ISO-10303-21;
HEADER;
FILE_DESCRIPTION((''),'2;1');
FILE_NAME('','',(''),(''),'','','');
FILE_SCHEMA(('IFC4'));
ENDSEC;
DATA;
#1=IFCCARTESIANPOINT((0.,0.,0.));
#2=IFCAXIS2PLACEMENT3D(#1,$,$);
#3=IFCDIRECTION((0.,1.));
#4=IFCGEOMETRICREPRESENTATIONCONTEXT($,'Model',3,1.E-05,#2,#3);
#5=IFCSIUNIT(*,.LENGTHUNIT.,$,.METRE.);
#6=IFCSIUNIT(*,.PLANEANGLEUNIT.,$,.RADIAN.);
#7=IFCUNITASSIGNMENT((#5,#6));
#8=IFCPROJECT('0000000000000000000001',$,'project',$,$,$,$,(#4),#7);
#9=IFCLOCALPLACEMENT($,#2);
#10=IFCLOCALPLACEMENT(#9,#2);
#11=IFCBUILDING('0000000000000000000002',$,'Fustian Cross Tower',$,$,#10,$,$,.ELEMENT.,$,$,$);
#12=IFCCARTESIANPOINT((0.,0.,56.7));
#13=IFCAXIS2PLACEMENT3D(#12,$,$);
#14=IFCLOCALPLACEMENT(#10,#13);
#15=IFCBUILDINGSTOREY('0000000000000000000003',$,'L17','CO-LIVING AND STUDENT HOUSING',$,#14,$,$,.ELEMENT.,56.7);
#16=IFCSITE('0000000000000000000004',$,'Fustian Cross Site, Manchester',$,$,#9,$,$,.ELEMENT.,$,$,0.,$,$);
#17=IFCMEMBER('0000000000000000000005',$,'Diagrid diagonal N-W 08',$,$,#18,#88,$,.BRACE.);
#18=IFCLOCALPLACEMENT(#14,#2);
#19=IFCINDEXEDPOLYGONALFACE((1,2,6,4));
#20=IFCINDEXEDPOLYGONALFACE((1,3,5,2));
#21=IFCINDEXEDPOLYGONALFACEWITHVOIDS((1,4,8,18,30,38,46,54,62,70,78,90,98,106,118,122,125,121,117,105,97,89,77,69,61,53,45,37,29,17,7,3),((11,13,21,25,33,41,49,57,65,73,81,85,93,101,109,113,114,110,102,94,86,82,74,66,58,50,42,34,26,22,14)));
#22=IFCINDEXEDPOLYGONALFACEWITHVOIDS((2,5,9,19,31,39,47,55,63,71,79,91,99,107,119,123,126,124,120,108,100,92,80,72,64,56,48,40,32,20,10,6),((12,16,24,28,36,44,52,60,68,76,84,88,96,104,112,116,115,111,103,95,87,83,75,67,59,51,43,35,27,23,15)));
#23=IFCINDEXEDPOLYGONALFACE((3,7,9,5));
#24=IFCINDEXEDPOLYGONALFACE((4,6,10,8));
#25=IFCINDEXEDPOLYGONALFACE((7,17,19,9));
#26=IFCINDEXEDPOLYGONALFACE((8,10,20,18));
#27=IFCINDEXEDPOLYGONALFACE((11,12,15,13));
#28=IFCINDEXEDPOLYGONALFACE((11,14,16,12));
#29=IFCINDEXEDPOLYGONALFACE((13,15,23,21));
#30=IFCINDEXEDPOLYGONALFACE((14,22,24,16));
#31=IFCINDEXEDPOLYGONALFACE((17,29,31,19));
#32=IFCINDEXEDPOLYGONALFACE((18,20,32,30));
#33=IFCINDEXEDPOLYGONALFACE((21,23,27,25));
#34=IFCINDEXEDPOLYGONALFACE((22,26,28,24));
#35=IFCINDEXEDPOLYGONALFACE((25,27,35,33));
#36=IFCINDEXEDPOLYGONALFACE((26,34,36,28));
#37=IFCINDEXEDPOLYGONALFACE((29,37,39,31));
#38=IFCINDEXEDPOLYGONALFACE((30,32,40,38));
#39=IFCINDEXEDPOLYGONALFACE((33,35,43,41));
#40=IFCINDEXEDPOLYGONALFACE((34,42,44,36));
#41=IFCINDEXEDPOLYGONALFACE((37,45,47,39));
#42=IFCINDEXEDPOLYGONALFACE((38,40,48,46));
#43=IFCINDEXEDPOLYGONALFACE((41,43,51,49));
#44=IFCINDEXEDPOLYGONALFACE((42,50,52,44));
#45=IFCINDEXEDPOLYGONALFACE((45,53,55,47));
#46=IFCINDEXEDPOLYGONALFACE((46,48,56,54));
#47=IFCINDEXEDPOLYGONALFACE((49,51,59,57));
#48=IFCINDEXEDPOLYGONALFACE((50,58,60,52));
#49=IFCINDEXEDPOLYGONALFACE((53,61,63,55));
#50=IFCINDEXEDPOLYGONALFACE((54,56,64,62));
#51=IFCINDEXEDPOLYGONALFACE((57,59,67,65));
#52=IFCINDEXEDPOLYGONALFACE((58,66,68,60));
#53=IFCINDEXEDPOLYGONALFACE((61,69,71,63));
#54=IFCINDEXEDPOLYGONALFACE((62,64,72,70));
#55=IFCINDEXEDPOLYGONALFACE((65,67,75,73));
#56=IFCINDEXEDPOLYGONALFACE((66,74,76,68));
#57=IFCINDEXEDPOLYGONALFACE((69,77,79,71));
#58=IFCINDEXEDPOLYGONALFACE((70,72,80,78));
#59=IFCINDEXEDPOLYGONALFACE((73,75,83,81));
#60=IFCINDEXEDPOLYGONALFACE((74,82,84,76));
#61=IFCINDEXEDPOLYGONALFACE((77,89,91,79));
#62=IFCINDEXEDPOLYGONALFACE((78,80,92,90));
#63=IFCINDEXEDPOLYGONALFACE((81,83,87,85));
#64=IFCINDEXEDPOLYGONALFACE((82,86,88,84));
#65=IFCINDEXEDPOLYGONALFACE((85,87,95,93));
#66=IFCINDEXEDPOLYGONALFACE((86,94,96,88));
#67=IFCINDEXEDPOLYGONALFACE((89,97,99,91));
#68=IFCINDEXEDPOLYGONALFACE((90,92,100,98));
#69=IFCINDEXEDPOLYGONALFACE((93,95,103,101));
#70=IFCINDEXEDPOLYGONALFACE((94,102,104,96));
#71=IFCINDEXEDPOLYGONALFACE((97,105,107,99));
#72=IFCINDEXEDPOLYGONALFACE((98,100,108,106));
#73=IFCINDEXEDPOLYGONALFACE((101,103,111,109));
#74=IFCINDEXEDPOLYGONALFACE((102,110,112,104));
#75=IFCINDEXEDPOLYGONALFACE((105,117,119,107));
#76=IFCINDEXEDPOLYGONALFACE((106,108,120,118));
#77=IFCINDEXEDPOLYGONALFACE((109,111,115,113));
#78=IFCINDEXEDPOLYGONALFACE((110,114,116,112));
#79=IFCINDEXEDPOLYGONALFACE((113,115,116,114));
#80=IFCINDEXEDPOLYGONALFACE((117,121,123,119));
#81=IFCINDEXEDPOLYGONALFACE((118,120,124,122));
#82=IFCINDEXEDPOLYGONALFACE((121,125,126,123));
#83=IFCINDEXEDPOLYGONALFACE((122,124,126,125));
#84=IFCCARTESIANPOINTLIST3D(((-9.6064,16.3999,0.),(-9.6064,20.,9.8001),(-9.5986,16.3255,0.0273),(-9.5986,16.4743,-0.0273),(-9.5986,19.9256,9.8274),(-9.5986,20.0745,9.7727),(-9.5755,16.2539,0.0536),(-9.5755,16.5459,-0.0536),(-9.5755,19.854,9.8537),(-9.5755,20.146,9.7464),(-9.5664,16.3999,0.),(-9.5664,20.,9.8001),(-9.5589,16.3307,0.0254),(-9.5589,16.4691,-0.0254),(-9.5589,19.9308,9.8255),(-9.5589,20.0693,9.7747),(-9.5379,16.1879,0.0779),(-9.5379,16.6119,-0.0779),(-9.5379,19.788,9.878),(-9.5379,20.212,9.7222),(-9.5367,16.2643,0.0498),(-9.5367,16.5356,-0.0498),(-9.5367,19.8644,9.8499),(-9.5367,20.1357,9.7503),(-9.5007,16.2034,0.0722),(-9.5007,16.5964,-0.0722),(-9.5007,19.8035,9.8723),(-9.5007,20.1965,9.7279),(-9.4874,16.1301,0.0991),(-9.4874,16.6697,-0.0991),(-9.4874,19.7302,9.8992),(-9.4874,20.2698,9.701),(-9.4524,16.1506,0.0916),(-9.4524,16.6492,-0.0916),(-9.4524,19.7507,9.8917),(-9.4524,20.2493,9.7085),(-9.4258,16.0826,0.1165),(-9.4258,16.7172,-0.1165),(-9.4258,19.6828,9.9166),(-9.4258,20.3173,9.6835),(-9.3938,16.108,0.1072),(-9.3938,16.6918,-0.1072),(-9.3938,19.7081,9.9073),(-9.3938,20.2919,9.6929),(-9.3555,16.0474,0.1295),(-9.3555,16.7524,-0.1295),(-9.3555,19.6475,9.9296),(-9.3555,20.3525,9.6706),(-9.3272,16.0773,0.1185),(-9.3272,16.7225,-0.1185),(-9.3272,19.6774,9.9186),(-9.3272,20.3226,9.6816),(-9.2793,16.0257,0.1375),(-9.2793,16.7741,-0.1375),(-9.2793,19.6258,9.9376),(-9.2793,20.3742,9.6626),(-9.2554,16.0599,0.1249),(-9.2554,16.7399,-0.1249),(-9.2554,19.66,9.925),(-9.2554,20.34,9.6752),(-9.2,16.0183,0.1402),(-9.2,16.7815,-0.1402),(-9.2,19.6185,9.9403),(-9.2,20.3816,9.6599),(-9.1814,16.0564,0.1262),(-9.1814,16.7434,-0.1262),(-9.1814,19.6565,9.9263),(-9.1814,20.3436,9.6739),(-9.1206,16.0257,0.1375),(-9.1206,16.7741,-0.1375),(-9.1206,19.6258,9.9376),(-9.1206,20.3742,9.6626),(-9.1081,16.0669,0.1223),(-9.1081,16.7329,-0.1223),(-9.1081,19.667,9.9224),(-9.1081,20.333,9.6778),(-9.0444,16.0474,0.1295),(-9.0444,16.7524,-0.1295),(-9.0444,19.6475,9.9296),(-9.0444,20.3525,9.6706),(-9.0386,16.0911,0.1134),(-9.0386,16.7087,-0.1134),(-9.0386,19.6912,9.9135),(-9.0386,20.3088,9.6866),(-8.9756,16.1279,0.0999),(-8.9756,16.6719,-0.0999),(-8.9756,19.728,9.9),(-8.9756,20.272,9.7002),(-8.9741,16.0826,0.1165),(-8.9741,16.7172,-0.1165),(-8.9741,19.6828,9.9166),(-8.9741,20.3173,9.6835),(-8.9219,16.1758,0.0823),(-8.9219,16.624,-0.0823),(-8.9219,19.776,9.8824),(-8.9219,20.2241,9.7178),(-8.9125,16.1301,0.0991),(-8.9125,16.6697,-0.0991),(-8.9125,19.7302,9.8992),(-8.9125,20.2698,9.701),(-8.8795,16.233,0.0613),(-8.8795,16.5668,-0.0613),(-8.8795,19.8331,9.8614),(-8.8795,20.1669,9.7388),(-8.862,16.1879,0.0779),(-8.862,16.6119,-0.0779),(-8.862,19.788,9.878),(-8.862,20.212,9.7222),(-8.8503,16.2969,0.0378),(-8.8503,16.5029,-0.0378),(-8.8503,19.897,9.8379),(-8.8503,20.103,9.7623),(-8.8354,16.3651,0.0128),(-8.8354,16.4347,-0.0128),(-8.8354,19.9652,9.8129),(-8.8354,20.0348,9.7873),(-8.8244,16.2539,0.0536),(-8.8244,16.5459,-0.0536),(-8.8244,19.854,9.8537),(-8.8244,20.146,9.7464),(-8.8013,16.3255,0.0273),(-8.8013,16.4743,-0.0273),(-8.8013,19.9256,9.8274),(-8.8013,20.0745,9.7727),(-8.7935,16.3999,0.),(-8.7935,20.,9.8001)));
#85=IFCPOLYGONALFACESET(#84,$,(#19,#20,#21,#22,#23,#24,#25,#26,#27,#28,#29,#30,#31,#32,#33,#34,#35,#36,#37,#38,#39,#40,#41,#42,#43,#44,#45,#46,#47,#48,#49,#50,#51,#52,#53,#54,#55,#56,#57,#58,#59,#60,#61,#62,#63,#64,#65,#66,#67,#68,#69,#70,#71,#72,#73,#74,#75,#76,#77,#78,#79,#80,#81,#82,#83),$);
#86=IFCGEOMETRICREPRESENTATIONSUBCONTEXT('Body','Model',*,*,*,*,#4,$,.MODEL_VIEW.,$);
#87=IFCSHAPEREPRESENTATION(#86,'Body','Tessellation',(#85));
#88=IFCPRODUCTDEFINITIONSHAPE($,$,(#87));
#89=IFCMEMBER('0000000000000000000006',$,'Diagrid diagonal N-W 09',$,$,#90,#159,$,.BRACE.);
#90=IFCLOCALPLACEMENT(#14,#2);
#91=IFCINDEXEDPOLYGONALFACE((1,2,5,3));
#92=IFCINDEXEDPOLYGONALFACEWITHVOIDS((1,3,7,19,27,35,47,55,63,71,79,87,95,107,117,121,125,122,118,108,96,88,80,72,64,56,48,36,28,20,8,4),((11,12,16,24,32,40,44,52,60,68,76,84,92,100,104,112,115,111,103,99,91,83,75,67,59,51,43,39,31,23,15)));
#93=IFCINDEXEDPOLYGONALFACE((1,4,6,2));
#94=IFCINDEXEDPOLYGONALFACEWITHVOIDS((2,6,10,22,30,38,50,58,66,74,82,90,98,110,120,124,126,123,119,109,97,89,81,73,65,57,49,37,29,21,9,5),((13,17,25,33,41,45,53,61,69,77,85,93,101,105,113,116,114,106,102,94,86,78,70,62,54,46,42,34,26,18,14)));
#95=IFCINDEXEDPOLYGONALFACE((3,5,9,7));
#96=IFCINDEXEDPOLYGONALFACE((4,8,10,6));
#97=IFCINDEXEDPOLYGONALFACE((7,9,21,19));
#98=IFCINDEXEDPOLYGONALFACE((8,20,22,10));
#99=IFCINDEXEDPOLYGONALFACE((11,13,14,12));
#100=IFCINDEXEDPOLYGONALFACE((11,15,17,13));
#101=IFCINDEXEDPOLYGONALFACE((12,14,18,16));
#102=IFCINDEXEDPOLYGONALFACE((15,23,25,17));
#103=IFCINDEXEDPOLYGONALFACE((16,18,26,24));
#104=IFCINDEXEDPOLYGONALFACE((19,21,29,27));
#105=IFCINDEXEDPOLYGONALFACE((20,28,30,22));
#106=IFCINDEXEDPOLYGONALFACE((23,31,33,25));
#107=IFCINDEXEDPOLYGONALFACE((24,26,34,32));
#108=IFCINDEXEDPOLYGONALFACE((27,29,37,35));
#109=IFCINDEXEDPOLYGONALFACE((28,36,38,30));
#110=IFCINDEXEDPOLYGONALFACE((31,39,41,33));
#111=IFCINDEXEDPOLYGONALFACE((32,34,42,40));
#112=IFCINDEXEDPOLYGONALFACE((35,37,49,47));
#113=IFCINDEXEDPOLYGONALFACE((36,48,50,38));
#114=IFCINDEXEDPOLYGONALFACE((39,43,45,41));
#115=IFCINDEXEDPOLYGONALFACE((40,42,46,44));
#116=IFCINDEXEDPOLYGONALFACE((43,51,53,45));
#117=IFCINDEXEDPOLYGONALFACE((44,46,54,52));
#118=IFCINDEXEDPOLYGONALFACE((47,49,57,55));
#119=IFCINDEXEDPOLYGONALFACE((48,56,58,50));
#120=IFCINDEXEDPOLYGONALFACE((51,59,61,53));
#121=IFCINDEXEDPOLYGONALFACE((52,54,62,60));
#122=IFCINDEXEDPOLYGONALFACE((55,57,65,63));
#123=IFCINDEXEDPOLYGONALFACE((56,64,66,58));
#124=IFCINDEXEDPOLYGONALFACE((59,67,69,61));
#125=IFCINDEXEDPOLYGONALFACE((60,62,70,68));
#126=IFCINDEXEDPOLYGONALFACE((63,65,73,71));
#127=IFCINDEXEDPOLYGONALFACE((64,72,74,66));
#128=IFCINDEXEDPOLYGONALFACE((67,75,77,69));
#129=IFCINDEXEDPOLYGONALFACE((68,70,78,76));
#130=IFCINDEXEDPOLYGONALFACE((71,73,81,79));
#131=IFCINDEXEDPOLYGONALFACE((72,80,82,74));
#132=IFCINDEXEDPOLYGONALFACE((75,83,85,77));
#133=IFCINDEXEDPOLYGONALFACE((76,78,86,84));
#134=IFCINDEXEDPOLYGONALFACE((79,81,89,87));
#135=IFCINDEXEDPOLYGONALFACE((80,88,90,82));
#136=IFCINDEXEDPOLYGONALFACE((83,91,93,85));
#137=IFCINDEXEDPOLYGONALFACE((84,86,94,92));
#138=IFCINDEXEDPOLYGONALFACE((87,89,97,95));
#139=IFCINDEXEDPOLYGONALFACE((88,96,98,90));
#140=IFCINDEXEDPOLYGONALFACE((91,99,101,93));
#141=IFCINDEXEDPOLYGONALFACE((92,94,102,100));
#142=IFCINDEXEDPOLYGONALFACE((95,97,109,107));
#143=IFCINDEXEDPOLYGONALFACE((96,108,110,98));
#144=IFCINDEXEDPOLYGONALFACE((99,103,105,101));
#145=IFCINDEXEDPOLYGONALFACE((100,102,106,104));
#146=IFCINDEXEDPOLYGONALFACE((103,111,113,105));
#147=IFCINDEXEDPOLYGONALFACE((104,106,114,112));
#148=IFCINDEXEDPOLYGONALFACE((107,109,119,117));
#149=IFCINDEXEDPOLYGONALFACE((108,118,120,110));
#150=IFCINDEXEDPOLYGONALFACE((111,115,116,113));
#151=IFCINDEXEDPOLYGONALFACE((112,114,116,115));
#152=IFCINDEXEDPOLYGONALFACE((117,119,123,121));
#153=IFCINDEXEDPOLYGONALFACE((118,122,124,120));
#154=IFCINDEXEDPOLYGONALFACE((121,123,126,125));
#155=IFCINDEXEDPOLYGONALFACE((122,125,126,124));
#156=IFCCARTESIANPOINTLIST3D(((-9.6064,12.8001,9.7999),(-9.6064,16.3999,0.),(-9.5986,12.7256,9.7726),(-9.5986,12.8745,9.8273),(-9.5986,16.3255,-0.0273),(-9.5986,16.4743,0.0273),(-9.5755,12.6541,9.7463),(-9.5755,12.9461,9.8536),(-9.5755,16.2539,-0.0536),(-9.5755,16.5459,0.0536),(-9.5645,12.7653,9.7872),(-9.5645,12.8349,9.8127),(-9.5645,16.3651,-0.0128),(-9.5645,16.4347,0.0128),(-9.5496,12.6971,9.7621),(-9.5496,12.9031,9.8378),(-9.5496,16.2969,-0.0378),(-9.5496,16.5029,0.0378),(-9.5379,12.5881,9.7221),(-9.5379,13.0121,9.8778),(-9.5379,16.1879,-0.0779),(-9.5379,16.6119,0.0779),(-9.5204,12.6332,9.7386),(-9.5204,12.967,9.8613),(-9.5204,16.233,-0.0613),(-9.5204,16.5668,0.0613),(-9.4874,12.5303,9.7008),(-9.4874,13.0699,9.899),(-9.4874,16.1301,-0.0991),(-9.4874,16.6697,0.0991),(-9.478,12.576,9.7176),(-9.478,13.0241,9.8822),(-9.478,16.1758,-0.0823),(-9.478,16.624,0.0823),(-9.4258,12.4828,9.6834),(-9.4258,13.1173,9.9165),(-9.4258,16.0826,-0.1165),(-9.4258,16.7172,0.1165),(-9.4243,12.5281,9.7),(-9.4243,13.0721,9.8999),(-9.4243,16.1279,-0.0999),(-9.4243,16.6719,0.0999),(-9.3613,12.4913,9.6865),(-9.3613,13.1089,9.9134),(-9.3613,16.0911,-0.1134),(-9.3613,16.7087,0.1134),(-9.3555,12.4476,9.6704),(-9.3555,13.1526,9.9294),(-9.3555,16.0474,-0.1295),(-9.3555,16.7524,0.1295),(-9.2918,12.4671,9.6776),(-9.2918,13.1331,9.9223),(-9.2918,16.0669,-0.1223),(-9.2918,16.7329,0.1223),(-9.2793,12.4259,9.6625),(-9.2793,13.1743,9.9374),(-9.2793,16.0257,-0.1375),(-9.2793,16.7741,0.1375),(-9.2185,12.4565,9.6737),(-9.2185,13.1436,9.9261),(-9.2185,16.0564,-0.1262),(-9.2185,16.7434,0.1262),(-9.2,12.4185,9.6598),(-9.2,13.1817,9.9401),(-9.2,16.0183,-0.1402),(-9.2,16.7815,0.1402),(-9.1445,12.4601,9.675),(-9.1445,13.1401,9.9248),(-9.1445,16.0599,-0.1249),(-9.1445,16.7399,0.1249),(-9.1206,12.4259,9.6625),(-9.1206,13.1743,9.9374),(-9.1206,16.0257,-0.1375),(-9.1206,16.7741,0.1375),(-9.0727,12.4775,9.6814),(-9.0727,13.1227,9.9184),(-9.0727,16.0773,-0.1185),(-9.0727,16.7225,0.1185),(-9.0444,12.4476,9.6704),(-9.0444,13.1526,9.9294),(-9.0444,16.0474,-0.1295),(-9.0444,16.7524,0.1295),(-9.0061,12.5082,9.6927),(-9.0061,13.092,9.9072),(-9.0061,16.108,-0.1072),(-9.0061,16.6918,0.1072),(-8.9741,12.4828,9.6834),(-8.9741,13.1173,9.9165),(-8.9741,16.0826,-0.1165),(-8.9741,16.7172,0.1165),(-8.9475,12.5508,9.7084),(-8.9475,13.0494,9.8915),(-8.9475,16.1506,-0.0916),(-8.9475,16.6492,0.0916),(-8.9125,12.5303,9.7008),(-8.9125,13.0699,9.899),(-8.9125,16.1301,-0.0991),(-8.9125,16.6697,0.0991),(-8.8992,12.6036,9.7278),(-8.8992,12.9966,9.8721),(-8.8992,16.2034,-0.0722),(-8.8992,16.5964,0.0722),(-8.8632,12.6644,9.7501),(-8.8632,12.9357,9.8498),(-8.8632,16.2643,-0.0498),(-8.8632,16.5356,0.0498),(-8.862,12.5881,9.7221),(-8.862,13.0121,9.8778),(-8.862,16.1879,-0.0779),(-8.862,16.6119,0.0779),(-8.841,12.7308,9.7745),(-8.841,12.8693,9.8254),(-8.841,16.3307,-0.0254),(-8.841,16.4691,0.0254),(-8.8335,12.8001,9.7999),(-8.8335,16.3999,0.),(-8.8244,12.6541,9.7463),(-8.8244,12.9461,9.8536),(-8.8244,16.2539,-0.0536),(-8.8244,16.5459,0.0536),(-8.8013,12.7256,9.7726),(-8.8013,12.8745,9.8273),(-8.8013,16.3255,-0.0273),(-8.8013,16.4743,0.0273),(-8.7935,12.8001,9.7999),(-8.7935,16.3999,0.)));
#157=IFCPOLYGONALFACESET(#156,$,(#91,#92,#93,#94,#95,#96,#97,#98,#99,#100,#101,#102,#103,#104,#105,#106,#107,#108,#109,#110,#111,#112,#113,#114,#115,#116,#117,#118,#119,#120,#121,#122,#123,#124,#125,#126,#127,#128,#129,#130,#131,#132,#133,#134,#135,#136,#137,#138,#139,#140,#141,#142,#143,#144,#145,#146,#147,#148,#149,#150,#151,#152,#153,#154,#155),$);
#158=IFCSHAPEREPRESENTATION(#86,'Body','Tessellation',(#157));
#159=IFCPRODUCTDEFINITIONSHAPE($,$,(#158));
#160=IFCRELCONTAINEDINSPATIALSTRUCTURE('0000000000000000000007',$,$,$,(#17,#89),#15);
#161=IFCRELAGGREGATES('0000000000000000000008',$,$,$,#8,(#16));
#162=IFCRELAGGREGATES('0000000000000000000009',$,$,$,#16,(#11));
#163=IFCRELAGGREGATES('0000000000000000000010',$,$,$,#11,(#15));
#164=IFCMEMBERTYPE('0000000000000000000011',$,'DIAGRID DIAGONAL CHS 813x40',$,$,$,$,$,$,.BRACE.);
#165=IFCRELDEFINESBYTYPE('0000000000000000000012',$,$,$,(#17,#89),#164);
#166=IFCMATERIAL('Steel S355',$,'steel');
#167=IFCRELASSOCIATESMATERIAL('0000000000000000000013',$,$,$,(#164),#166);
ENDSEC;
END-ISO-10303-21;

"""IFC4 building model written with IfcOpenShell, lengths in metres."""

from ifc_helpers import new_model, si_unit, direction, frame, origin, origin_2d, place, context, subcontext, project, spatial, hollow_circle, extrude, material, material_profile, profile_set, type_object, element, save


model = new_model("IFC4")

# Units and contexts
model_context = context("Model", 3, precision=1e-05, world=origin(), true_north=direction((0.0, 1.0)))
body_context = subcontext(model_context, "Body", "Model", "MODEL_VIEW")
ifc_project = project(units=[si_unit("LENGTHUNIT", "METRE"), si_unit("PLANEANGLEUNIT", "RADIAN")], contexts=[model_context])

# Site, building, storey
site_placement = place(None, origin())
site = spatial("IfcSite", under=ifc_project, at=site_placement, Name="Fustian Cross Site, Manchester", CompositionType="ELEMENT", RefElevation=0.0)
building_placement = place(site_placement, origin())
building = spatial("IfcBuilding", under=site, at=building_placement, Name="Fustian Cross Tower", CompositionType="ELEMENT")
storey_placement = place(building_placement, frame((0.0, 0.0, 56.7)))
storey = spatial("IfcBuildingStorey", under=building, at=storey_placement, Name="L17", Description="CO-LIVING AND STUDENT HOUSING", CompositionType="ELEMENT", Elevation=56.7)

# Members
ifc_material_1 = material(Name="Steel S355", Category="steel")
ifc_material_profile_1 = material_profile(ifc_material_1, hollow_circle(Radius=0.4065, WallThickness=0.04, at=origin_2d()), Name="CHS 813x40")
ifc_profile_set_1 = profile_set([ifc_material_profile_1], Name="Steel S355")
member_type_1 = type_object("IfcMemberType", Name="DIAGRID DIAGONAL CHS 813x40", PredefinedType="BRACE", material=ifc_profile_set_1)
for number, where, z_axis, x_axis, name in (
    (1, (-9.2, 16.3999, 0.0), (0.0, 0.344824, 0.938667), (-1.0, 0.0, 0.0), "Diagrid diagonal N-W 08"),
):
    element("IfcMember", number, at=place(storey_placement, frame(where, z_axis=z_axis, x_axis=x_axis)), inside=storey, type_object=member_type_1, Name=name, PredefinedType="BRACE", context=body_context, shape_type="SweptSolid", body=[
        extrude(hollow_circle(Radius=0.4065, WallThickness=0.04, at=origin_2d()), origin(), (0.0, 0.0, 1.0), 10.4404),
    ])
for number, where, z_axis, x_axis, name in (
    (2, (-9.2, 16.3999, 0.0), (0.0, -0.344804, 0.938675), (1.0, 0.0, 0.0), "Diagrid diagonal N-W 09"),
):
    element("IfcMember", number, at=place(storey_placement, frame(where, z_axis=z_axis, x_axis=x_axis)), inside=storey, type_object=member_type_1, Name=name, PredefinedType="BRACE", context=body_context, shape_type="SweptSolid", body=[
        extrude(hollow_circle(Radius=0.4065, WallThickness=0.04, at=origin_2d()), origin(), (0.0, 0.0, 1.0), 10.4402),
    ])

save(model, "model.ifc")
